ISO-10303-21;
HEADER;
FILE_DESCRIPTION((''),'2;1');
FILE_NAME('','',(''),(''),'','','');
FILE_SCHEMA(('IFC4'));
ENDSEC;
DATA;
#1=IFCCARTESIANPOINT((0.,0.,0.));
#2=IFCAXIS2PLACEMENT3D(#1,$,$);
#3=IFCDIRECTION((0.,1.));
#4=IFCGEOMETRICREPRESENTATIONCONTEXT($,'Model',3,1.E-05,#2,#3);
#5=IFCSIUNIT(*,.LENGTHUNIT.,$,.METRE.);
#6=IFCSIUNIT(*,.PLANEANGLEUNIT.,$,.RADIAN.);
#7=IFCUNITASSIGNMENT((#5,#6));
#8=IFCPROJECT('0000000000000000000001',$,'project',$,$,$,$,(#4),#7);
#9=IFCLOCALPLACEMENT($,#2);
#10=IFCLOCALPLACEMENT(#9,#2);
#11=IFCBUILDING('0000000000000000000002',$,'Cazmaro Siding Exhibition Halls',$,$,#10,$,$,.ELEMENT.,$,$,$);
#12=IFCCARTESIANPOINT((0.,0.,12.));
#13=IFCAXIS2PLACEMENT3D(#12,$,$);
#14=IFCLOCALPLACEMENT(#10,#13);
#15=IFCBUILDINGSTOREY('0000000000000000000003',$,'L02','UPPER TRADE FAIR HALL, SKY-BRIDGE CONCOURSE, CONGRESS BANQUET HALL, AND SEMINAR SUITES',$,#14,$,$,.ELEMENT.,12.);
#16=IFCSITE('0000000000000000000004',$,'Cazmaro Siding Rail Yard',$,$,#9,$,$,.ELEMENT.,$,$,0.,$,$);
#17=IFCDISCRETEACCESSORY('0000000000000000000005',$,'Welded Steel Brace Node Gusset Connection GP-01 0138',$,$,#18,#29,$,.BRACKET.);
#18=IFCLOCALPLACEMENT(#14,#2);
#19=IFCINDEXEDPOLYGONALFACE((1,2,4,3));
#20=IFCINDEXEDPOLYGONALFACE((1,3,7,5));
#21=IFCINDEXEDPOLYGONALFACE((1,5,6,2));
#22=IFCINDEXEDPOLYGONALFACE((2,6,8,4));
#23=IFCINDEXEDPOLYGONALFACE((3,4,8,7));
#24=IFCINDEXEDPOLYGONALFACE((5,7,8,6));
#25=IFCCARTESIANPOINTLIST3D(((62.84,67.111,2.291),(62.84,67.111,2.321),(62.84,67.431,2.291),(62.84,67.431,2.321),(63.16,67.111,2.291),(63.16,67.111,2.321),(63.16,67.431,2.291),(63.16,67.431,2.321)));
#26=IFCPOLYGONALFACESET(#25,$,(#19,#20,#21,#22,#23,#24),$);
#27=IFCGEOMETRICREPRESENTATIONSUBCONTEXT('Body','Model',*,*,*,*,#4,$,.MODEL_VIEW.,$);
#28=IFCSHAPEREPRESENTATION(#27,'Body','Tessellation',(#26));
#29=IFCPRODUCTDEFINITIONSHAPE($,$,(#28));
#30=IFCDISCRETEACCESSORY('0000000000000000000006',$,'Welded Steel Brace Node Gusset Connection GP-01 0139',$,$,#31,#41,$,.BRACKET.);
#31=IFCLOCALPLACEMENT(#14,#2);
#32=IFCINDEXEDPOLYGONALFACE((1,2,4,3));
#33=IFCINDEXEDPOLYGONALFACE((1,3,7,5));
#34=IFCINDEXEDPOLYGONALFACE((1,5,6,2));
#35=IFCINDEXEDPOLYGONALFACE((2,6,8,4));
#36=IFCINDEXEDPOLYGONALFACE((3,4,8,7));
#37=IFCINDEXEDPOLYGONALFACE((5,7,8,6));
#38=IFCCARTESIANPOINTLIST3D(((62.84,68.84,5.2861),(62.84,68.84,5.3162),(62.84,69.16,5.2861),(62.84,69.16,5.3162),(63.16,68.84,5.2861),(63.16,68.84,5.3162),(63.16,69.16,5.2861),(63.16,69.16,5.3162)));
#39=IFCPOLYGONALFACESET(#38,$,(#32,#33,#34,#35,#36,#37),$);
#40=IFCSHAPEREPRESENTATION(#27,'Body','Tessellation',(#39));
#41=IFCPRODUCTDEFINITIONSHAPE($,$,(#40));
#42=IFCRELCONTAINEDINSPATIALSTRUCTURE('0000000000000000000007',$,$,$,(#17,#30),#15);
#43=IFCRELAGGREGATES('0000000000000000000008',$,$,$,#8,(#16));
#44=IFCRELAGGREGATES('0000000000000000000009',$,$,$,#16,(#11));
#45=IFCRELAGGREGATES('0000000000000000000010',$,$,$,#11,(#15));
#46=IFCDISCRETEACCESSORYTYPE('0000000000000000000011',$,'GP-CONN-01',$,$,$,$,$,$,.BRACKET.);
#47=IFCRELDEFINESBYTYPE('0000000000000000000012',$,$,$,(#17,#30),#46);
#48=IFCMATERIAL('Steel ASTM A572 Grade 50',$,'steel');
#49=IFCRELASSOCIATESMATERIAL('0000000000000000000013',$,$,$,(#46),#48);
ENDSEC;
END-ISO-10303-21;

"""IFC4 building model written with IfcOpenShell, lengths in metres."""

from ifc_helpers import new_model, si_unit, direction, frame, origin, origin_2d, place, context, subcontext, project, spatial, rectangle, extrude, material, type_object, element, save


model = new_model("IFC4")

# Units and contexts
model_context = context("Model", 3, precision=1e-05, world=origin(), true_north=direction((0.0, 1.0)))
body_context = subcontext(model_context, "Body", "Model", "MODEL_VIEW")
ifc_project = project(units=[si_unit("LENGTHUNIT", "METRE"), si_unit("PLANEANGLEUNIT", "RADIAN")], contexts=[model_context])

# Site, building, storey
site_placement = place(None, origin())
site = spatial("IfcSite", under=ifc_project, at=site_placement, Name="Cazmaro Siding Rail Yard", CompositionType="ELEMENT", RefElevation=0.0)
building_placement = place(site_placement, origin())
building = spatial("IfcBuilding", under=site, at=building_placement, Name="Cazmaro Siding Exhibition Halls", CompositionType="ELEMENT")
storey_placement = place(building_placement, frame((0.0, 0.0, 12.0)))
storey = spatial("IfcBuildingStorey", under=building, at=storey_placement, Name="L02", Description="UPPER TRADE FAIR HALL, SKY-BRIDGE CONCOURSE, CONGRESS BANQUET HALL, AND SEMINAR SUITES", CompositionType="ELEMENT", Elevation=12.0)

# Discrete accessories
ifc_material_1 = material(Name="Steel ASTM A572 Grade 50", Category="steel")
discrete_accessory_type = type_object("IfcDiscreteAccessoryType", Name="GP-CONN-01", PredefinedType="BRACKET", material=ifc_material_1)
for number, where, z_axis, x_axis, name in (
    (1, (63.0, 67.271, 2.291), (0.0, 0.0, 1.0), (1.0, 0.0, 0.0), "Welded Steel Brace Node Gusset Connection GP-01 0138"),
    (2, (63.0, 69.0, 5.2861), (0.0, 0.0, 1.0), (1.0, 0.0, 0.0), "Welded Steel Brace Node Gusset Connection GP-01 0139"),
):
    element("IfcDiscreteAccessory", number, at=place(storey_placement, frame(where, z_axis=z_axis, x_axis=x_axis)), inside=storey, type_object=discrete_accessory_type, Name=name, PredefinedType="BRACKET", context=body_context, shape_type="SweptSolid", body=[
        extrude(rectangle(XDim=0.3201, YDim=0.3201, at=origin_2d()), origin(), (0.0, 0.0, 1.0), 0.03),
    ])

save(model, "model.ifc")
